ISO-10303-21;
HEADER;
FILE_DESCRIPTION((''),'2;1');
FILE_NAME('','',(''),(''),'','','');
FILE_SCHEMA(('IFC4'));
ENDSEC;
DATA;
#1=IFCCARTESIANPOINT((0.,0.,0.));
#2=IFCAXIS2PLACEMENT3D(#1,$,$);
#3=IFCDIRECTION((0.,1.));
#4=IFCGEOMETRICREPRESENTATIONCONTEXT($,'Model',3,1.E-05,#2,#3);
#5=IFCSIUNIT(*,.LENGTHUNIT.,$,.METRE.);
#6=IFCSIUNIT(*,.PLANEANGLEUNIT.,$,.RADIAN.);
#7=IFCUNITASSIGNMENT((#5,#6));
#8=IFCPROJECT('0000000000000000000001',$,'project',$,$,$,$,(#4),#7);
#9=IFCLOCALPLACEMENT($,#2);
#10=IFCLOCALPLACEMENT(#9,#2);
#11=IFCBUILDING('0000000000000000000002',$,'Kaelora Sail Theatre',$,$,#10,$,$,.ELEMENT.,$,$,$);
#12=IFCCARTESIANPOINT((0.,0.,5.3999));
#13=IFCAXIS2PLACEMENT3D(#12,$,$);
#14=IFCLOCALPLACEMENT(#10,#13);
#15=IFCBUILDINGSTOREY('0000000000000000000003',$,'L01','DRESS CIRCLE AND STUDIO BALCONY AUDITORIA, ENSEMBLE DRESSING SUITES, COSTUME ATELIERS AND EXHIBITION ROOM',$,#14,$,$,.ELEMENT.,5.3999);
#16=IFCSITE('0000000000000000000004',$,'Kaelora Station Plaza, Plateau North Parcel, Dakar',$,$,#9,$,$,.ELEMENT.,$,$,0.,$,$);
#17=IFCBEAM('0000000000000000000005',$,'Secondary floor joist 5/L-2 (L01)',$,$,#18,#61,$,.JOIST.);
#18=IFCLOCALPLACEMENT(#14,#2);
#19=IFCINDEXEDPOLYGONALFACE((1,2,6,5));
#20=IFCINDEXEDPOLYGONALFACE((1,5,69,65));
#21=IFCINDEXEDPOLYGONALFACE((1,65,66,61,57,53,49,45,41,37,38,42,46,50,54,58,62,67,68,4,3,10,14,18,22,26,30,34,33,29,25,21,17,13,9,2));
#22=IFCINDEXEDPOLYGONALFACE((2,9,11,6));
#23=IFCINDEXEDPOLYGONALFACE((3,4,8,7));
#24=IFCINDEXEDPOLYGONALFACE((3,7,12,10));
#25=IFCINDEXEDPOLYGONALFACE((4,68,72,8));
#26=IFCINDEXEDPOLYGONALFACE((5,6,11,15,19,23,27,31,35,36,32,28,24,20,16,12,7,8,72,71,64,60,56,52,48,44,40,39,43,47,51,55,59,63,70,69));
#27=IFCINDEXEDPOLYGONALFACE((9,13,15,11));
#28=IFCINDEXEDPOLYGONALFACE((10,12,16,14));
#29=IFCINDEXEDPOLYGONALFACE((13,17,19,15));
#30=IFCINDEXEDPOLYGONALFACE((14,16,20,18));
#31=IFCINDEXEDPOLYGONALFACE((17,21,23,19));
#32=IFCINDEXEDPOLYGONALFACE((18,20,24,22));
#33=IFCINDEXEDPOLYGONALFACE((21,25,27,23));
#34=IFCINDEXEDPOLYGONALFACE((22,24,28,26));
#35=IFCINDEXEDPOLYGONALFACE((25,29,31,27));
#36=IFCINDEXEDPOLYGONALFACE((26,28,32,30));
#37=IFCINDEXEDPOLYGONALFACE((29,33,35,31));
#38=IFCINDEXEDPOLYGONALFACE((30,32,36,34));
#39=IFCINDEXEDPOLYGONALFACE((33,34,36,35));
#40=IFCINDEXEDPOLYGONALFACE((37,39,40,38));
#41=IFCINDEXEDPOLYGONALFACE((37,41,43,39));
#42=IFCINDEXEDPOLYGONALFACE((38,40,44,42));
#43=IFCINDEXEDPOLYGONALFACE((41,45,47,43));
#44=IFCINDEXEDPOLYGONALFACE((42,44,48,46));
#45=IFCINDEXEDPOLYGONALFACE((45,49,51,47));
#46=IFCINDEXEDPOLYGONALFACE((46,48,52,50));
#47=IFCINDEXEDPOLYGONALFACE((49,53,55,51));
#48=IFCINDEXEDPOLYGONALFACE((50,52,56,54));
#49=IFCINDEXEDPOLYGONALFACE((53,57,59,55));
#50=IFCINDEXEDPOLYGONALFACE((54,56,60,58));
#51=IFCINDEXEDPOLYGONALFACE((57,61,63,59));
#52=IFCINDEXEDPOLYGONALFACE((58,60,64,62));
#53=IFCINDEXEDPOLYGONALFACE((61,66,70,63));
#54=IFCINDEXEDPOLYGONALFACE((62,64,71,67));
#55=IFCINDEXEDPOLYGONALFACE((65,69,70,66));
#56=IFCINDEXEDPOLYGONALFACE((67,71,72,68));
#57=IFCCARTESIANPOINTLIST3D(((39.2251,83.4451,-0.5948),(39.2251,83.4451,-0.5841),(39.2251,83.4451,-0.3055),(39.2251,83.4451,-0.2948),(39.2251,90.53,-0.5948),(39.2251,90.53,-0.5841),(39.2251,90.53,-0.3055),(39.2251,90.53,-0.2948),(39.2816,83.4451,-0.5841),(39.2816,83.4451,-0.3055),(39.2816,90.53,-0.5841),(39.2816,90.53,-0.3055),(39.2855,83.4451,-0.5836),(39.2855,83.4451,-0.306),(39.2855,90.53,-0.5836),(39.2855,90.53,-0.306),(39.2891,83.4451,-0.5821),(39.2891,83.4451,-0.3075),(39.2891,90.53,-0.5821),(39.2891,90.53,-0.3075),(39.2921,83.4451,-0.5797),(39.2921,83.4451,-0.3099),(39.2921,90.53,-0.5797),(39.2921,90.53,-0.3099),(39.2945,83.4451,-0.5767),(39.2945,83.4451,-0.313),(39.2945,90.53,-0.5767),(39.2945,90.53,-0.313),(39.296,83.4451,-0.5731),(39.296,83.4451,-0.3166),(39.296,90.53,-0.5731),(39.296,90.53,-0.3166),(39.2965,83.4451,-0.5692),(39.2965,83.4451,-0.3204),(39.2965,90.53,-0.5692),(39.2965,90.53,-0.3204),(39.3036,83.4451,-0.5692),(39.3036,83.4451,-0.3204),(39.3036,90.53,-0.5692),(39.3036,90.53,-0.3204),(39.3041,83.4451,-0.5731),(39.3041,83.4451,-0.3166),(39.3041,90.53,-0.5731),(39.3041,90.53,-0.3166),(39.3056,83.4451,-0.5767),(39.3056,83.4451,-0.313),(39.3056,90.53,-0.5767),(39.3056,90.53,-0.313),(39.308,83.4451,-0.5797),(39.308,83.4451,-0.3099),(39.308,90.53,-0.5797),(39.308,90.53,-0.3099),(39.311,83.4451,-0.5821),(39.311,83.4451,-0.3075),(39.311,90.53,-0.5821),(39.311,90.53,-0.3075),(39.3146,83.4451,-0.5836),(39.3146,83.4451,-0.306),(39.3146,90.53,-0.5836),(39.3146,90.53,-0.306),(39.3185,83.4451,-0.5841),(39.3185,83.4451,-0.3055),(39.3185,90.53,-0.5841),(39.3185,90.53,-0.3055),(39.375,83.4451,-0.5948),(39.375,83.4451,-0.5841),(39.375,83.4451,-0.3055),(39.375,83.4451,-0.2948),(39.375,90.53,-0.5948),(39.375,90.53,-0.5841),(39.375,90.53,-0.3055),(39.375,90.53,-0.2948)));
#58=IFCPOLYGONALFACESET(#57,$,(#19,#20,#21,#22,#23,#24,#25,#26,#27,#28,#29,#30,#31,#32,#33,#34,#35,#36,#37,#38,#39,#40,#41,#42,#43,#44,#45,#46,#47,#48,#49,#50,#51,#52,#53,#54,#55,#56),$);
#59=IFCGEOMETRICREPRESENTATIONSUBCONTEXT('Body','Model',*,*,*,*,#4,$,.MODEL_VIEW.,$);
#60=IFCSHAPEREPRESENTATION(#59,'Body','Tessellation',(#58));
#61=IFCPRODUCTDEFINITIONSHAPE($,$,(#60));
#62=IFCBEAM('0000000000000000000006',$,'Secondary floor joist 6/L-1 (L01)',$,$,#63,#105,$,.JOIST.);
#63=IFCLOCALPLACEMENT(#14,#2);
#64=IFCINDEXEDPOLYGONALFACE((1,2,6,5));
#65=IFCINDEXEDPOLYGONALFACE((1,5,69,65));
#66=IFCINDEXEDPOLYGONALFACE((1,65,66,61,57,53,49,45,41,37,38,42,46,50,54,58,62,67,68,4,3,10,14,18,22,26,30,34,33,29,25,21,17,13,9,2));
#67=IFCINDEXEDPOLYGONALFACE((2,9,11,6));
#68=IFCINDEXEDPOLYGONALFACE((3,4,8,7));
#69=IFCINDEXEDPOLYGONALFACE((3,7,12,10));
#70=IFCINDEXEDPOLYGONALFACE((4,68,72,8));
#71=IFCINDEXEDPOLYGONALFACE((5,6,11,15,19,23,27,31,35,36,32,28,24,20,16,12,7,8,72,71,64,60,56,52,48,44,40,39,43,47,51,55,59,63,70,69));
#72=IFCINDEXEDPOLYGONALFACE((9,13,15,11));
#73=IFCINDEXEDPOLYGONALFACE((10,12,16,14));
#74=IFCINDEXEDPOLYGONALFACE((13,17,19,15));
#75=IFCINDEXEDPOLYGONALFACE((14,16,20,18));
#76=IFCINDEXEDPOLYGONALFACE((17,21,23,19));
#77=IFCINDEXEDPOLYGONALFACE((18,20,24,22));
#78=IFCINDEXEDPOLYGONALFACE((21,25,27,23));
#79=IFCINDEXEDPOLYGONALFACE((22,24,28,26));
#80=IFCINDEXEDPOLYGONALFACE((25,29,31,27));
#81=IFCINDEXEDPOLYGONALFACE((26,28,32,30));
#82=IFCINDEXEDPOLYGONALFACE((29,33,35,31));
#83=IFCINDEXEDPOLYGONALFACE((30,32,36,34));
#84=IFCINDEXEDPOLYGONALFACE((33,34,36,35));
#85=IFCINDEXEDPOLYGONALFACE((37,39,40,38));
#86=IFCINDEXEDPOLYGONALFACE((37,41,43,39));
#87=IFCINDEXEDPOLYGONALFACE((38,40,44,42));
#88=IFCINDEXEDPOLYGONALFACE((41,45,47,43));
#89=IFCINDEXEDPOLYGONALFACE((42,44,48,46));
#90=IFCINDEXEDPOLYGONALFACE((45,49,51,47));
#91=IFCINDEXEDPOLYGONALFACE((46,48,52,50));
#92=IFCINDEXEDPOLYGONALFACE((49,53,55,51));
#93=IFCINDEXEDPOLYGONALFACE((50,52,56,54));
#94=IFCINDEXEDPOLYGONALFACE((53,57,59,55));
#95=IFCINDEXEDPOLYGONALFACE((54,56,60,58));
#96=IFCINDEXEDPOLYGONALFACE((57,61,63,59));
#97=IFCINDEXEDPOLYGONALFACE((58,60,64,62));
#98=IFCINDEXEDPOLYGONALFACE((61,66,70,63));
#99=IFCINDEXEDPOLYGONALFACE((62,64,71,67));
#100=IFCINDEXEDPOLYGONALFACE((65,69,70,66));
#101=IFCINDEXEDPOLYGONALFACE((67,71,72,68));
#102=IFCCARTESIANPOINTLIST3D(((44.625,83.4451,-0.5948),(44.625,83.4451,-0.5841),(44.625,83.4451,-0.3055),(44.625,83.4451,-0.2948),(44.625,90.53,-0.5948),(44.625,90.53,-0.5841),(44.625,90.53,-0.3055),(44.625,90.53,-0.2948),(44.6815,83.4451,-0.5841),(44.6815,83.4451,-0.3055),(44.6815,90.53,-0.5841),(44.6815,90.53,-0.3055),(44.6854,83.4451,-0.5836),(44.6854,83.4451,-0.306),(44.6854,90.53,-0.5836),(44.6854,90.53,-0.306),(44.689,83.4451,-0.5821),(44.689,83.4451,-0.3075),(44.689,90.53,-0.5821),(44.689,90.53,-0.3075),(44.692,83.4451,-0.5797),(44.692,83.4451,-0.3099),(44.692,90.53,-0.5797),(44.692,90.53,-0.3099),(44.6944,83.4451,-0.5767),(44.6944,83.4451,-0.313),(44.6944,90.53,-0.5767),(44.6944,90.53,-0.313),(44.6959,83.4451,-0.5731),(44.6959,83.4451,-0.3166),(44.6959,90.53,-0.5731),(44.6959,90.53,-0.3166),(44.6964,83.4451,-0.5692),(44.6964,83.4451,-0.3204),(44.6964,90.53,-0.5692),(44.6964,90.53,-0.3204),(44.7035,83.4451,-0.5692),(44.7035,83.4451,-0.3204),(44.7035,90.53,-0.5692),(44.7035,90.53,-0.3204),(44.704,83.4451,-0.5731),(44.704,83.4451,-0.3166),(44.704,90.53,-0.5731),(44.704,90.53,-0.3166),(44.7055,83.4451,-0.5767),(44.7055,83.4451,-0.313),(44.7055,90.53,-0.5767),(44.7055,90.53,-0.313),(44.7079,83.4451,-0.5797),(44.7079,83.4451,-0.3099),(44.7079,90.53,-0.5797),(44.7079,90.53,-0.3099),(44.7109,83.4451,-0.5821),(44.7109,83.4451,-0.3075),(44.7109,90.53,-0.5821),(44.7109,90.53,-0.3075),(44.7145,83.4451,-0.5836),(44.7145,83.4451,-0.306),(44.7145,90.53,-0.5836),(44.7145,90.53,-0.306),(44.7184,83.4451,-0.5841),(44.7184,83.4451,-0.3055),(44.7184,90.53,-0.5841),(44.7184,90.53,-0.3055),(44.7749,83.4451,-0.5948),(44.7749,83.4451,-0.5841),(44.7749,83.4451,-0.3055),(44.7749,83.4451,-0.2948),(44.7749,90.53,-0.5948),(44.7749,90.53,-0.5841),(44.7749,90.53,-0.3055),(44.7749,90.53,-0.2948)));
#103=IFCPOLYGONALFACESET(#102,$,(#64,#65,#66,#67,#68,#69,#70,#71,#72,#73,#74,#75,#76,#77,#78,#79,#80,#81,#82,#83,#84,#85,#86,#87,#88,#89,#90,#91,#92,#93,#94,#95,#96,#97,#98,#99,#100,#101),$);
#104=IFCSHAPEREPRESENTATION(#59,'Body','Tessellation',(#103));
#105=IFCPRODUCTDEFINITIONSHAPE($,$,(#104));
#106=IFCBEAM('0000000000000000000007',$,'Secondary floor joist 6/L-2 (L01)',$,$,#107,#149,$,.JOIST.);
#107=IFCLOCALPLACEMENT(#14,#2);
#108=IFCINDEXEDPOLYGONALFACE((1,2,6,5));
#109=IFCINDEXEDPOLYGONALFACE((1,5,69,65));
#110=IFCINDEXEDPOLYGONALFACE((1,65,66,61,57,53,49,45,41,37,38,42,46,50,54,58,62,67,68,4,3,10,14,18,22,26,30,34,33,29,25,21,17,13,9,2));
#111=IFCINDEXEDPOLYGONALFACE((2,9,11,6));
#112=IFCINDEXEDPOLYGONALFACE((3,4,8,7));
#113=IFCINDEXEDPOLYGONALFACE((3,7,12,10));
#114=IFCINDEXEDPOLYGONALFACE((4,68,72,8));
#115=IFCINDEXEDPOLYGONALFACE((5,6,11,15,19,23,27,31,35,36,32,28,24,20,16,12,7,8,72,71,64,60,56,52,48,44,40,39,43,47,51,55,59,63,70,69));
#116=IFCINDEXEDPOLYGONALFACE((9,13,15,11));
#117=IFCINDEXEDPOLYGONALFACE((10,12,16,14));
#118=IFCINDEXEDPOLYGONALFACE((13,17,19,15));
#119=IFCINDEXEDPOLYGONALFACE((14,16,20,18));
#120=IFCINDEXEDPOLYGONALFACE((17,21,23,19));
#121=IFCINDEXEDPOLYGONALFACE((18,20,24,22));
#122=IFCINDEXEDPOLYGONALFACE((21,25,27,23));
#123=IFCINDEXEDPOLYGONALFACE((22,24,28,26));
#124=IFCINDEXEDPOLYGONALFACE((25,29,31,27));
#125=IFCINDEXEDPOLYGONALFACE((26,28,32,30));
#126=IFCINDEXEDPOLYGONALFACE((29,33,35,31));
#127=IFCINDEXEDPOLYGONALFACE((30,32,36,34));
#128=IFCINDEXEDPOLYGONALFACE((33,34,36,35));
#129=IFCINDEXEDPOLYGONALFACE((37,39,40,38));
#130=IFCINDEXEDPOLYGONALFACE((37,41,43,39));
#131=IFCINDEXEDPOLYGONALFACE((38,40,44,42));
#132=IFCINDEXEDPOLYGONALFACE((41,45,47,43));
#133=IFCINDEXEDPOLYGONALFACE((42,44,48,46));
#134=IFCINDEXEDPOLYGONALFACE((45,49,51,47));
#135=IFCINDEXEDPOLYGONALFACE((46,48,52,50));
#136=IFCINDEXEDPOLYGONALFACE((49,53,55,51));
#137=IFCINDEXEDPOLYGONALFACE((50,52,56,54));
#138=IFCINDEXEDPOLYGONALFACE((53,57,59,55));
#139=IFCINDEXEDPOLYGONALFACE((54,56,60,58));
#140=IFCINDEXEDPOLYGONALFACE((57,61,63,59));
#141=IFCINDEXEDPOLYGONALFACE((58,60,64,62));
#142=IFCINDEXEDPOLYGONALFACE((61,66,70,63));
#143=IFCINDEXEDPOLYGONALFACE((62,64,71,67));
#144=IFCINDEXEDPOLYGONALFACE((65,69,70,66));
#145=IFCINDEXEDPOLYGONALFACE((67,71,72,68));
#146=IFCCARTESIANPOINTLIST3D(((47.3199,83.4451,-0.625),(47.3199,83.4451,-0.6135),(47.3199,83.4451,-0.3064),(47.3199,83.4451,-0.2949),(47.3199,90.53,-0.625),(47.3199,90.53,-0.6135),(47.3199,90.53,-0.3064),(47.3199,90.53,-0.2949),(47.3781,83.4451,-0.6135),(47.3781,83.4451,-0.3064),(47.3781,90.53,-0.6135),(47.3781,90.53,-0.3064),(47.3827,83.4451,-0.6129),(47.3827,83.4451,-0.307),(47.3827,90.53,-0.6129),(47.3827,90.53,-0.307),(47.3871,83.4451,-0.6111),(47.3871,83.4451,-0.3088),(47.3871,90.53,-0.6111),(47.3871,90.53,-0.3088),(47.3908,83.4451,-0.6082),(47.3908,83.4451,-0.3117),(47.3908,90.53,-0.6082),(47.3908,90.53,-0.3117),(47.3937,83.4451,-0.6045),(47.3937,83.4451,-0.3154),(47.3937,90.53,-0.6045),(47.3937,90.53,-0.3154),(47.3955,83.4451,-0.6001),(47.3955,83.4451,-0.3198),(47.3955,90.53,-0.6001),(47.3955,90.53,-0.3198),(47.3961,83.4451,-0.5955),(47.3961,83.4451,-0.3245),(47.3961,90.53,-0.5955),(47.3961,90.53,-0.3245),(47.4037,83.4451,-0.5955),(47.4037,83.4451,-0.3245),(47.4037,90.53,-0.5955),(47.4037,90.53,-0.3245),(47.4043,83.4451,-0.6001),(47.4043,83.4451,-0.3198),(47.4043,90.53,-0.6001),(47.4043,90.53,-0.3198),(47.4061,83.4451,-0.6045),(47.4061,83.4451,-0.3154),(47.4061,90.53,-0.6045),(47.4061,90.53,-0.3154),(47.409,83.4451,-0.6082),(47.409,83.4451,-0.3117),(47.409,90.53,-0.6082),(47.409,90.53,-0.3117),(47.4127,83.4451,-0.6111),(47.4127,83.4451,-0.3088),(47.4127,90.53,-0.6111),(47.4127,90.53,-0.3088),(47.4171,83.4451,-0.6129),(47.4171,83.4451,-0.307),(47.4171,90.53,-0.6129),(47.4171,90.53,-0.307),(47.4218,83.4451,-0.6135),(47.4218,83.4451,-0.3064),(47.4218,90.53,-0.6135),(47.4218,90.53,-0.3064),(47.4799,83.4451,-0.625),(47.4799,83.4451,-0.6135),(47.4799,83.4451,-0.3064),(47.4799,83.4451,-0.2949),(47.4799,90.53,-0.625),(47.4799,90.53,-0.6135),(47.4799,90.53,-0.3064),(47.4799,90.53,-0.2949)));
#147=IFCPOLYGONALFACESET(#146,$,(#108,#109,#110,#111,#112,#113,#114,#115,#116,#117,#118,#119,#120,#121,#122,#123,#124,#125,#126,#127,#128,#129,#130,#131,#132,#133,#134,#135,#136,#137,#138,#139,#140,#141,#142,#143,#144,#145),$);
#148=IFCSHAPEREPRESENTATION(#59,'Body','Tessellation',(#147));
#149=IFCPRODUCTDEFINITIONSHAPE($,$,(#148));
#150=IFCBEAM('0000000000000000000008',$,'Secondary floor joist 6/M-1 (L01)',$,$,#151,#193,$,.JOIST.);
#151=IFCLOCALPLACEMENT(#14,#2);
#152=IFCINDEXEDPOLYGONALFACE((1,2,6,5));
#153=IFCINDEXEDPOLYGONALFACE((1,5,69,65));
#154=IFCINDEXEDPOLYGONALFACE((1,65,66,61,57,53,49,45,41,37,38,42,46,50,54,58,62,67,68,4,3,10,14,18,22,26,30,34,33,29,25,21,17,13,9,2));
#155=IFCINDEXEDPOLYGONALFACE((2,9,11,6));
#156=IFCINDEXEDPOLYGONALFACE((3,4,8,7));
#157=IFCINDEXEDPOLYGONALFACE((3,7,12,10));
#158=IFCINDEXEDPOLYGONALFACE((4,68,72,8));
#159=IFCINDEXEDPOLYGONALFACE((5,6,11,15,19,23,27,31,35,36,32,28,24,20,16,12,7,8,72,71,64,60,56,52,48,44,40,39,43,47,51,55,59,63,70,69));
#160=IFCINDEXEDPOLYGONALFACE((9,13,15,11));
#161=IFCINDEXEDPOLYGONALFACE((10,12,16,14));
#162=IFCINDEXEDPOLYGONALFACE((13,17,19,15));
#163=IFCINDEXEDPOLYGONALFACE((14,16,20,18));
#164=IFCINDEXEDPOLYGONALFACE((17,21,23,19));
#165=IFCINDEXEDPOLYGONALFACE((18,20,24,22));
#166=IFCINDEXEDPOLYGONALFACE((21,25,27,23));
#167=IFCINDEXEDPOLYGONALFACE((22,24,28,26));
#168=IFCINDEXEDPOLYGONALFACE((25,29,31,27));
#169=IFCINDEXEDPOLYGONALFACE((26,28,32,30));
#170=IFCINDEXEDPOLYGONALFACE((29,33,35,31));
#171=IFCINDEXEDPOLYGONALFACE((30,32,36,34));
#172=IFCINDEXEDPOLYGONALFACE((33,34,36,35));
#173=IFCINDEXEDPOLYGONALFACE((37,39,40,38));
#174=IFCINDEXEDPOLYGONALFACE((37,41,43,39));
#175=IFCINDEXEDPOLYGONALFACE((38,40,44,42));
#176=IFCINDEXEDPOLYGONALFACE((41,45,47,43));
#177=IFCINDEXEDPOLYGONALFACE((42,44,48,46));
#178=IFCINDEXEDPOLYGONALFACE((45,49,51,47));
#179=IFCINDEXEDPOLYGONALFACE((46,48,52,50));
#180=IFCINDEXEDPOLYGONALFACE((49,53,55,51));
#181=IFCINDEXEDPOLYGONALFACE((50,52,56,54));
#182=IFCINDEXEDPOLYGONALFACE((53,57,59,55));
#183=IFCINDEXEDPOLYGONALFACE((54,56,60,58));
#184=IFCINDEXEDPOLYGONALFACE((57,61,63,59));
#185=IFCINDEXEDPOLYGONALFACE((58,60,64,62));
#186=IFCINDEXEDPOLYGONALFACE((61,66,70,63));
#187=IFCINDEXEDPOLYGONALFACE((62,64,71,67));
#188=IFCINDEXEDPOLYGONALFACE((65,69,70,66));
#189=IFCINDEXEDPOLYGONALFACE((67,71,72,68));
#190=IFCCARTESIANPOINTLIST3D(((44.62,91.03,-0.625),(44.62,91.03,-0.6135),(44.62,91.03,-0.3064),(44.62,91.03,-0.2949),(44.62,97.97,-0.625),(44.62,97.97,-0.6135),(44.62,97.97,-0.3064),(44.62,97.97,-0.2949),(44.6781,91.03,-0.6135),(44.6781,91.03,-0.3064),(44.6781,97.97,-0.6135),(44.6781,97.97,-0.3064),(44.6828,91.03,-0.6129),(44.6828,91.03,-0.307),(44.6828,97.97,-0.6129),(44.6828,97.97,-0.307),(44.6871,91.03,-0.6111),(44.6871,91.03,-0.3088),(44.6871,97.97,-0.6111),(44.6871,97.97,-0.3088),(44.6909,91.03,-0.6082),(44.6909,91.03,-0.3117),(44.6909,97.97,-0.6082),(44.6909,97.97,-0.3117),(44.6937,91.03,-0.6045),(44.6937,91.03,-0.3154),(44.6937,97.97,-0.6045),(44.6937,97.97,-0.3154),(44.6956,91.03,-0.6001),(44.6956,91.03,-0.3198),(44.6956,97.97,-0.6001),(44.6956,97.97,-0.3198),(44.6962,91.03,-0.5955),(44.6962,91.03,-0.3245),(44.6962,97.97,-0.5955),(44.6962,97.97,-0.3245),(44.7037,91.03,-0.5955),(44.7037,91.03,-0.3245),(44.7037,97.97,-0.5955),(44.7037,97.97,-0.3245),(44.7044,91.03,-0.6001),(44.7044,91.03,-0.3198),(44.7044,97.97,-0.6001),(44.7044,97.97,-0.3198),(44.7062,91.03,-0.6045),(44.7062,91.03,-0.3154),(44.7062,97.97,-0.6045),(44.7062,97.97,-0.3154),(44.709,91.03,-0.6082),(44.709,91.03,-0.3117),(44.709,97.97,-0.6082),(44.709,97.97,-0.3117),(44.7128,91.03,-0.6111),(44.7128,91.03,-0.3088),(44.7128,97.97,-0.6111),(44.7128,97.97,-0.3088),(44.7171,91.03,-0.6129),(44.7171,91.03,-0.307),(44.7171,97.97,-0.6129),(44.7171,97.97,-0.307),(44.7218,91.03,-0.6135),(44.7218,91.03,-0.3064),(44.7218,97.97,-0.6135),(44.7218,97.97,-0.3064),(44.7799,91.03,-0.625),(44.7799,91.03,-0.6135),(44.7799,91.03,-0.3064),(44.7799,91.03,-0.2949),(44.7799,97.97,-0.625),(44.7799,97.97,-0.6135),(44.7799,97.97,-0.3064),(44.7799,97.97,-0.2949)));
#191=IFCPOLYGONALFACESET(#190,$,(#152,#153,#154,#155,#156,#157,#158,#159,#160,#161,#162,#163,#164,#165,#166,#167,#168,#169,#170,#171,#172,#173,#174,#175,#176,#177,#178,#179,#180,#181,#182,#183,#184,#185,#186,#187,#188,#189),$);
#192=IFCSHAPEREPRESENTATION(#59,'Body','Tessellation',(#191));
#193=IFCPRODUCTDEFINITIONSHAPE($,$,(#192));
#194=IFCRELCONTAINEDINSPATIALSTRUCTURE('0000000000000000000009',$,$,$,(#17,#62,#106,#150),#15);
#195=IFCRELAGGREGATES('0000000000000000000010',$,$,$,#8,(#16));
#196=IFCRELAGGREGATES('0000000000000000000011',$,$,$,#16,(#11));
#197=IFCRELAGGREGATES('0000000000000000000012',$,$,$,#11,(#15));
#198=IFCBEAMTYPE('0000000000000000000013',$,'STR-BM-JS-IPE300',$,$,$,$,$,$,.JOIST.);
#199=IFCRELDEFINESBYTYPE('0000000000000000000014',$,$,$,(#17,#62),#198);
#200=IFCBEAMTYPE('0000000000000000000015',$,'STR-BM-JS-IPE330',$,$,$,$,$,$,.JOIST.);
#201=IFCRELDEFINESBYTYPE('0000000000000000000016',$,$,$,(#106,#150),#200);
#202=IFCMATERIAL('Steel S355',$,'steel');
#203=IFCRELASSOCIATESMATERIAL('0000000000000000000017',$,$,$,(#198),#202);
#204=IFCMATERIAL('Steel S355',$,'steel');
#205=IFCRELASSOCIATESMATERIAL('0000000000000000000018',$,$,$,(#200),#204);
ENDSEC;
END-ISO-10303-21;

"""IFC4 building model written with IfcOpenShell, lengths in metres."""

from ifc_helpers import new_model, si_unit, direction, frame, origin, origin_2d, place, context, subcontext, project, spatial, i_section, extrude, material, material_profile, profile_set, type_object, element, save


model = new_model("IFC4")

# Units and contexts
model_context = context("Model", 3, precision=1e-05, world=origin(), true_north=direction((0.0, 1.0)))
body_context = subcontext(model_context, "Body", "Model", "MODEL_VIEW")
ifc_project = project(units=[si_unit("LENGTHUNIT", "METRE"), si_unit("PLANEANGLEUNIT", "RADIAN")], contexts=[model_context])

# Site, building, storey
site_placement = place(None, origin())
site = spatial("IfcSite", under=ifc_project, at=site_placement, Name="Kaelora Station Plaza, Plateau North Parcel, Dakar", CompositionType="ELEMENT", RefElevation=0.0)
building_placement = place(site_placement, origin())
building = spatial("IfcBuilding", under=site, at=building_placement, Name="Kaelora Sail Theatre", CompositionType="ELEMENT")
storey_placement = place(building_placement, frame((0.0, 0.0, 5.3999)))
storey = spatial("IfcBuildingStorey", under=building, at=storey_placement, Name="L01", Description="DRESS CIRCLE AND STUDIO BALCONY AUDITORIA, ENSEMBLE DRESSING SUITES, COSTUME ATELIERS AND EXHIBITION ROOM", CompositionType="ELEMENT", Elevation=5.3999)

# Beams
ifc_material_1 = material(Name="Steel S355", Category="steel")
ifc_material_profile_1 = material_profile(ifc_material_1, i_section(OverallWidth=0.1499, OverallDepth=0.3, WebThickness=0.0071, FlangeThickness=0.0107, FilletRadius=0.0149, at=origin_2d()), Name="IPE 300")
ifc_profile_set_1 = profile_set([ifc_material_profile_1], Name="Steel S355")
beam_type_1 = type_object("IfcBeamType", Name="STR-BM-JS-IPE300", PredefinedType="JOIST", material=ifc_profile_set_1)
for number, where, z_axis, x_axis, name in (
    (1, (39.3, 83.4451, -0.4448), (0.0, 1.0, 0.0), (-1.0, 0.0, 0.0), "Secondary floor joist 5/L-2 (L01)"),
    (2, (44.7, 83.4451, -0.4448), (0.0, 1.0, 0.0), (-1.0, 0.0, 0.0), "Secondary floor joist 6/L-1 (L01)"),
):
    element("IfcBeam", number, at=place(storey_placement, frame(where, z_axis=z_axis, x_axis=x_axis)), inside=storey, type_object=beam_type_1, Name=name, PredefinedType="JOIST", context=body_context, shape_type="SweptSolid", body=[
        extrude(i_section(OverallWidth=0.1499, OverallDepth=0.3, WebThickness=0.0071, FlangeThickness=0.0107, FilletRadius=0.0149, at=origin_2d()), origin(), (0.0, 0.0, 1.0), 7.085),
    ])
ifc_material_2 = material(Name="Steel S355", Category="steel")
ifc_material_profile_2 = material_profile(ifc_material_2, i_section(OverallWidth=0.1599, OverallDepth=0.3301, WebThickness=0.0076, FlangeThickness=0.0115, FilletRadius=0.0181, at=origin_2d()), Name="IPE 330")
ifc_profile_set_2 = profile_set([ifc_material_profile_2], Name="Steel S355")
beam_type_2 = type_object("IfcBeamType", Name="STR-BM-JS-IPE330", PredefinedType="JOIST", material=ifc_profile_set_2)
beam_1_placement = place(storey_placement, frame((47.3999, 83.4451, -0.46), z_axis=(0.0, 1.0, 0.0), x_axis=(-1.0, 0.0, 0.0)))
element("IfcBeam", 3, at=beam_1_placement, inside=storey, type_object=beam_type_2, Name="Secondary floor joist 6/L-2 (L01)", PredefinedType="JOIST", context=body_context, shape_type="SweptSolid", body=[
    extrude(i_section(OverallWidth=0.1599, OverallDepth=0.3301, WebThickness=0.0076, FlangeThickness=0.0115, FilletRadius=0.0181, at=origin_2d()), origin(), (0.0, 0.0, 1.0), 7.085),
])
beam_2_placement = place(storey_placement, frame((44.7, 91.03, -0.46), z_axis=(0.0, 1.0, 0.0), x_axis=(-1.0, 0.0, 0.0)))
element("IfcBeam", 4, at=beam_2_placement, inside=storey, type_object=beam_type_2, Name="Secondary floor joist 6/M-1 (L01)", PredefinedType="JOIST", context=body_context, shape_type="SweptSolid", body=[
    extrude(i_section(OverallWidth=0.1599, OverallDepth=0.3301, WebThickness=0.0076, FlangeThickness=0.0115, FilletRadius=0.0181, at=origin_2d()), origin(), (0.0, 0.0, 1.0), 6.9399),
])

save(model, "model.ifc")
